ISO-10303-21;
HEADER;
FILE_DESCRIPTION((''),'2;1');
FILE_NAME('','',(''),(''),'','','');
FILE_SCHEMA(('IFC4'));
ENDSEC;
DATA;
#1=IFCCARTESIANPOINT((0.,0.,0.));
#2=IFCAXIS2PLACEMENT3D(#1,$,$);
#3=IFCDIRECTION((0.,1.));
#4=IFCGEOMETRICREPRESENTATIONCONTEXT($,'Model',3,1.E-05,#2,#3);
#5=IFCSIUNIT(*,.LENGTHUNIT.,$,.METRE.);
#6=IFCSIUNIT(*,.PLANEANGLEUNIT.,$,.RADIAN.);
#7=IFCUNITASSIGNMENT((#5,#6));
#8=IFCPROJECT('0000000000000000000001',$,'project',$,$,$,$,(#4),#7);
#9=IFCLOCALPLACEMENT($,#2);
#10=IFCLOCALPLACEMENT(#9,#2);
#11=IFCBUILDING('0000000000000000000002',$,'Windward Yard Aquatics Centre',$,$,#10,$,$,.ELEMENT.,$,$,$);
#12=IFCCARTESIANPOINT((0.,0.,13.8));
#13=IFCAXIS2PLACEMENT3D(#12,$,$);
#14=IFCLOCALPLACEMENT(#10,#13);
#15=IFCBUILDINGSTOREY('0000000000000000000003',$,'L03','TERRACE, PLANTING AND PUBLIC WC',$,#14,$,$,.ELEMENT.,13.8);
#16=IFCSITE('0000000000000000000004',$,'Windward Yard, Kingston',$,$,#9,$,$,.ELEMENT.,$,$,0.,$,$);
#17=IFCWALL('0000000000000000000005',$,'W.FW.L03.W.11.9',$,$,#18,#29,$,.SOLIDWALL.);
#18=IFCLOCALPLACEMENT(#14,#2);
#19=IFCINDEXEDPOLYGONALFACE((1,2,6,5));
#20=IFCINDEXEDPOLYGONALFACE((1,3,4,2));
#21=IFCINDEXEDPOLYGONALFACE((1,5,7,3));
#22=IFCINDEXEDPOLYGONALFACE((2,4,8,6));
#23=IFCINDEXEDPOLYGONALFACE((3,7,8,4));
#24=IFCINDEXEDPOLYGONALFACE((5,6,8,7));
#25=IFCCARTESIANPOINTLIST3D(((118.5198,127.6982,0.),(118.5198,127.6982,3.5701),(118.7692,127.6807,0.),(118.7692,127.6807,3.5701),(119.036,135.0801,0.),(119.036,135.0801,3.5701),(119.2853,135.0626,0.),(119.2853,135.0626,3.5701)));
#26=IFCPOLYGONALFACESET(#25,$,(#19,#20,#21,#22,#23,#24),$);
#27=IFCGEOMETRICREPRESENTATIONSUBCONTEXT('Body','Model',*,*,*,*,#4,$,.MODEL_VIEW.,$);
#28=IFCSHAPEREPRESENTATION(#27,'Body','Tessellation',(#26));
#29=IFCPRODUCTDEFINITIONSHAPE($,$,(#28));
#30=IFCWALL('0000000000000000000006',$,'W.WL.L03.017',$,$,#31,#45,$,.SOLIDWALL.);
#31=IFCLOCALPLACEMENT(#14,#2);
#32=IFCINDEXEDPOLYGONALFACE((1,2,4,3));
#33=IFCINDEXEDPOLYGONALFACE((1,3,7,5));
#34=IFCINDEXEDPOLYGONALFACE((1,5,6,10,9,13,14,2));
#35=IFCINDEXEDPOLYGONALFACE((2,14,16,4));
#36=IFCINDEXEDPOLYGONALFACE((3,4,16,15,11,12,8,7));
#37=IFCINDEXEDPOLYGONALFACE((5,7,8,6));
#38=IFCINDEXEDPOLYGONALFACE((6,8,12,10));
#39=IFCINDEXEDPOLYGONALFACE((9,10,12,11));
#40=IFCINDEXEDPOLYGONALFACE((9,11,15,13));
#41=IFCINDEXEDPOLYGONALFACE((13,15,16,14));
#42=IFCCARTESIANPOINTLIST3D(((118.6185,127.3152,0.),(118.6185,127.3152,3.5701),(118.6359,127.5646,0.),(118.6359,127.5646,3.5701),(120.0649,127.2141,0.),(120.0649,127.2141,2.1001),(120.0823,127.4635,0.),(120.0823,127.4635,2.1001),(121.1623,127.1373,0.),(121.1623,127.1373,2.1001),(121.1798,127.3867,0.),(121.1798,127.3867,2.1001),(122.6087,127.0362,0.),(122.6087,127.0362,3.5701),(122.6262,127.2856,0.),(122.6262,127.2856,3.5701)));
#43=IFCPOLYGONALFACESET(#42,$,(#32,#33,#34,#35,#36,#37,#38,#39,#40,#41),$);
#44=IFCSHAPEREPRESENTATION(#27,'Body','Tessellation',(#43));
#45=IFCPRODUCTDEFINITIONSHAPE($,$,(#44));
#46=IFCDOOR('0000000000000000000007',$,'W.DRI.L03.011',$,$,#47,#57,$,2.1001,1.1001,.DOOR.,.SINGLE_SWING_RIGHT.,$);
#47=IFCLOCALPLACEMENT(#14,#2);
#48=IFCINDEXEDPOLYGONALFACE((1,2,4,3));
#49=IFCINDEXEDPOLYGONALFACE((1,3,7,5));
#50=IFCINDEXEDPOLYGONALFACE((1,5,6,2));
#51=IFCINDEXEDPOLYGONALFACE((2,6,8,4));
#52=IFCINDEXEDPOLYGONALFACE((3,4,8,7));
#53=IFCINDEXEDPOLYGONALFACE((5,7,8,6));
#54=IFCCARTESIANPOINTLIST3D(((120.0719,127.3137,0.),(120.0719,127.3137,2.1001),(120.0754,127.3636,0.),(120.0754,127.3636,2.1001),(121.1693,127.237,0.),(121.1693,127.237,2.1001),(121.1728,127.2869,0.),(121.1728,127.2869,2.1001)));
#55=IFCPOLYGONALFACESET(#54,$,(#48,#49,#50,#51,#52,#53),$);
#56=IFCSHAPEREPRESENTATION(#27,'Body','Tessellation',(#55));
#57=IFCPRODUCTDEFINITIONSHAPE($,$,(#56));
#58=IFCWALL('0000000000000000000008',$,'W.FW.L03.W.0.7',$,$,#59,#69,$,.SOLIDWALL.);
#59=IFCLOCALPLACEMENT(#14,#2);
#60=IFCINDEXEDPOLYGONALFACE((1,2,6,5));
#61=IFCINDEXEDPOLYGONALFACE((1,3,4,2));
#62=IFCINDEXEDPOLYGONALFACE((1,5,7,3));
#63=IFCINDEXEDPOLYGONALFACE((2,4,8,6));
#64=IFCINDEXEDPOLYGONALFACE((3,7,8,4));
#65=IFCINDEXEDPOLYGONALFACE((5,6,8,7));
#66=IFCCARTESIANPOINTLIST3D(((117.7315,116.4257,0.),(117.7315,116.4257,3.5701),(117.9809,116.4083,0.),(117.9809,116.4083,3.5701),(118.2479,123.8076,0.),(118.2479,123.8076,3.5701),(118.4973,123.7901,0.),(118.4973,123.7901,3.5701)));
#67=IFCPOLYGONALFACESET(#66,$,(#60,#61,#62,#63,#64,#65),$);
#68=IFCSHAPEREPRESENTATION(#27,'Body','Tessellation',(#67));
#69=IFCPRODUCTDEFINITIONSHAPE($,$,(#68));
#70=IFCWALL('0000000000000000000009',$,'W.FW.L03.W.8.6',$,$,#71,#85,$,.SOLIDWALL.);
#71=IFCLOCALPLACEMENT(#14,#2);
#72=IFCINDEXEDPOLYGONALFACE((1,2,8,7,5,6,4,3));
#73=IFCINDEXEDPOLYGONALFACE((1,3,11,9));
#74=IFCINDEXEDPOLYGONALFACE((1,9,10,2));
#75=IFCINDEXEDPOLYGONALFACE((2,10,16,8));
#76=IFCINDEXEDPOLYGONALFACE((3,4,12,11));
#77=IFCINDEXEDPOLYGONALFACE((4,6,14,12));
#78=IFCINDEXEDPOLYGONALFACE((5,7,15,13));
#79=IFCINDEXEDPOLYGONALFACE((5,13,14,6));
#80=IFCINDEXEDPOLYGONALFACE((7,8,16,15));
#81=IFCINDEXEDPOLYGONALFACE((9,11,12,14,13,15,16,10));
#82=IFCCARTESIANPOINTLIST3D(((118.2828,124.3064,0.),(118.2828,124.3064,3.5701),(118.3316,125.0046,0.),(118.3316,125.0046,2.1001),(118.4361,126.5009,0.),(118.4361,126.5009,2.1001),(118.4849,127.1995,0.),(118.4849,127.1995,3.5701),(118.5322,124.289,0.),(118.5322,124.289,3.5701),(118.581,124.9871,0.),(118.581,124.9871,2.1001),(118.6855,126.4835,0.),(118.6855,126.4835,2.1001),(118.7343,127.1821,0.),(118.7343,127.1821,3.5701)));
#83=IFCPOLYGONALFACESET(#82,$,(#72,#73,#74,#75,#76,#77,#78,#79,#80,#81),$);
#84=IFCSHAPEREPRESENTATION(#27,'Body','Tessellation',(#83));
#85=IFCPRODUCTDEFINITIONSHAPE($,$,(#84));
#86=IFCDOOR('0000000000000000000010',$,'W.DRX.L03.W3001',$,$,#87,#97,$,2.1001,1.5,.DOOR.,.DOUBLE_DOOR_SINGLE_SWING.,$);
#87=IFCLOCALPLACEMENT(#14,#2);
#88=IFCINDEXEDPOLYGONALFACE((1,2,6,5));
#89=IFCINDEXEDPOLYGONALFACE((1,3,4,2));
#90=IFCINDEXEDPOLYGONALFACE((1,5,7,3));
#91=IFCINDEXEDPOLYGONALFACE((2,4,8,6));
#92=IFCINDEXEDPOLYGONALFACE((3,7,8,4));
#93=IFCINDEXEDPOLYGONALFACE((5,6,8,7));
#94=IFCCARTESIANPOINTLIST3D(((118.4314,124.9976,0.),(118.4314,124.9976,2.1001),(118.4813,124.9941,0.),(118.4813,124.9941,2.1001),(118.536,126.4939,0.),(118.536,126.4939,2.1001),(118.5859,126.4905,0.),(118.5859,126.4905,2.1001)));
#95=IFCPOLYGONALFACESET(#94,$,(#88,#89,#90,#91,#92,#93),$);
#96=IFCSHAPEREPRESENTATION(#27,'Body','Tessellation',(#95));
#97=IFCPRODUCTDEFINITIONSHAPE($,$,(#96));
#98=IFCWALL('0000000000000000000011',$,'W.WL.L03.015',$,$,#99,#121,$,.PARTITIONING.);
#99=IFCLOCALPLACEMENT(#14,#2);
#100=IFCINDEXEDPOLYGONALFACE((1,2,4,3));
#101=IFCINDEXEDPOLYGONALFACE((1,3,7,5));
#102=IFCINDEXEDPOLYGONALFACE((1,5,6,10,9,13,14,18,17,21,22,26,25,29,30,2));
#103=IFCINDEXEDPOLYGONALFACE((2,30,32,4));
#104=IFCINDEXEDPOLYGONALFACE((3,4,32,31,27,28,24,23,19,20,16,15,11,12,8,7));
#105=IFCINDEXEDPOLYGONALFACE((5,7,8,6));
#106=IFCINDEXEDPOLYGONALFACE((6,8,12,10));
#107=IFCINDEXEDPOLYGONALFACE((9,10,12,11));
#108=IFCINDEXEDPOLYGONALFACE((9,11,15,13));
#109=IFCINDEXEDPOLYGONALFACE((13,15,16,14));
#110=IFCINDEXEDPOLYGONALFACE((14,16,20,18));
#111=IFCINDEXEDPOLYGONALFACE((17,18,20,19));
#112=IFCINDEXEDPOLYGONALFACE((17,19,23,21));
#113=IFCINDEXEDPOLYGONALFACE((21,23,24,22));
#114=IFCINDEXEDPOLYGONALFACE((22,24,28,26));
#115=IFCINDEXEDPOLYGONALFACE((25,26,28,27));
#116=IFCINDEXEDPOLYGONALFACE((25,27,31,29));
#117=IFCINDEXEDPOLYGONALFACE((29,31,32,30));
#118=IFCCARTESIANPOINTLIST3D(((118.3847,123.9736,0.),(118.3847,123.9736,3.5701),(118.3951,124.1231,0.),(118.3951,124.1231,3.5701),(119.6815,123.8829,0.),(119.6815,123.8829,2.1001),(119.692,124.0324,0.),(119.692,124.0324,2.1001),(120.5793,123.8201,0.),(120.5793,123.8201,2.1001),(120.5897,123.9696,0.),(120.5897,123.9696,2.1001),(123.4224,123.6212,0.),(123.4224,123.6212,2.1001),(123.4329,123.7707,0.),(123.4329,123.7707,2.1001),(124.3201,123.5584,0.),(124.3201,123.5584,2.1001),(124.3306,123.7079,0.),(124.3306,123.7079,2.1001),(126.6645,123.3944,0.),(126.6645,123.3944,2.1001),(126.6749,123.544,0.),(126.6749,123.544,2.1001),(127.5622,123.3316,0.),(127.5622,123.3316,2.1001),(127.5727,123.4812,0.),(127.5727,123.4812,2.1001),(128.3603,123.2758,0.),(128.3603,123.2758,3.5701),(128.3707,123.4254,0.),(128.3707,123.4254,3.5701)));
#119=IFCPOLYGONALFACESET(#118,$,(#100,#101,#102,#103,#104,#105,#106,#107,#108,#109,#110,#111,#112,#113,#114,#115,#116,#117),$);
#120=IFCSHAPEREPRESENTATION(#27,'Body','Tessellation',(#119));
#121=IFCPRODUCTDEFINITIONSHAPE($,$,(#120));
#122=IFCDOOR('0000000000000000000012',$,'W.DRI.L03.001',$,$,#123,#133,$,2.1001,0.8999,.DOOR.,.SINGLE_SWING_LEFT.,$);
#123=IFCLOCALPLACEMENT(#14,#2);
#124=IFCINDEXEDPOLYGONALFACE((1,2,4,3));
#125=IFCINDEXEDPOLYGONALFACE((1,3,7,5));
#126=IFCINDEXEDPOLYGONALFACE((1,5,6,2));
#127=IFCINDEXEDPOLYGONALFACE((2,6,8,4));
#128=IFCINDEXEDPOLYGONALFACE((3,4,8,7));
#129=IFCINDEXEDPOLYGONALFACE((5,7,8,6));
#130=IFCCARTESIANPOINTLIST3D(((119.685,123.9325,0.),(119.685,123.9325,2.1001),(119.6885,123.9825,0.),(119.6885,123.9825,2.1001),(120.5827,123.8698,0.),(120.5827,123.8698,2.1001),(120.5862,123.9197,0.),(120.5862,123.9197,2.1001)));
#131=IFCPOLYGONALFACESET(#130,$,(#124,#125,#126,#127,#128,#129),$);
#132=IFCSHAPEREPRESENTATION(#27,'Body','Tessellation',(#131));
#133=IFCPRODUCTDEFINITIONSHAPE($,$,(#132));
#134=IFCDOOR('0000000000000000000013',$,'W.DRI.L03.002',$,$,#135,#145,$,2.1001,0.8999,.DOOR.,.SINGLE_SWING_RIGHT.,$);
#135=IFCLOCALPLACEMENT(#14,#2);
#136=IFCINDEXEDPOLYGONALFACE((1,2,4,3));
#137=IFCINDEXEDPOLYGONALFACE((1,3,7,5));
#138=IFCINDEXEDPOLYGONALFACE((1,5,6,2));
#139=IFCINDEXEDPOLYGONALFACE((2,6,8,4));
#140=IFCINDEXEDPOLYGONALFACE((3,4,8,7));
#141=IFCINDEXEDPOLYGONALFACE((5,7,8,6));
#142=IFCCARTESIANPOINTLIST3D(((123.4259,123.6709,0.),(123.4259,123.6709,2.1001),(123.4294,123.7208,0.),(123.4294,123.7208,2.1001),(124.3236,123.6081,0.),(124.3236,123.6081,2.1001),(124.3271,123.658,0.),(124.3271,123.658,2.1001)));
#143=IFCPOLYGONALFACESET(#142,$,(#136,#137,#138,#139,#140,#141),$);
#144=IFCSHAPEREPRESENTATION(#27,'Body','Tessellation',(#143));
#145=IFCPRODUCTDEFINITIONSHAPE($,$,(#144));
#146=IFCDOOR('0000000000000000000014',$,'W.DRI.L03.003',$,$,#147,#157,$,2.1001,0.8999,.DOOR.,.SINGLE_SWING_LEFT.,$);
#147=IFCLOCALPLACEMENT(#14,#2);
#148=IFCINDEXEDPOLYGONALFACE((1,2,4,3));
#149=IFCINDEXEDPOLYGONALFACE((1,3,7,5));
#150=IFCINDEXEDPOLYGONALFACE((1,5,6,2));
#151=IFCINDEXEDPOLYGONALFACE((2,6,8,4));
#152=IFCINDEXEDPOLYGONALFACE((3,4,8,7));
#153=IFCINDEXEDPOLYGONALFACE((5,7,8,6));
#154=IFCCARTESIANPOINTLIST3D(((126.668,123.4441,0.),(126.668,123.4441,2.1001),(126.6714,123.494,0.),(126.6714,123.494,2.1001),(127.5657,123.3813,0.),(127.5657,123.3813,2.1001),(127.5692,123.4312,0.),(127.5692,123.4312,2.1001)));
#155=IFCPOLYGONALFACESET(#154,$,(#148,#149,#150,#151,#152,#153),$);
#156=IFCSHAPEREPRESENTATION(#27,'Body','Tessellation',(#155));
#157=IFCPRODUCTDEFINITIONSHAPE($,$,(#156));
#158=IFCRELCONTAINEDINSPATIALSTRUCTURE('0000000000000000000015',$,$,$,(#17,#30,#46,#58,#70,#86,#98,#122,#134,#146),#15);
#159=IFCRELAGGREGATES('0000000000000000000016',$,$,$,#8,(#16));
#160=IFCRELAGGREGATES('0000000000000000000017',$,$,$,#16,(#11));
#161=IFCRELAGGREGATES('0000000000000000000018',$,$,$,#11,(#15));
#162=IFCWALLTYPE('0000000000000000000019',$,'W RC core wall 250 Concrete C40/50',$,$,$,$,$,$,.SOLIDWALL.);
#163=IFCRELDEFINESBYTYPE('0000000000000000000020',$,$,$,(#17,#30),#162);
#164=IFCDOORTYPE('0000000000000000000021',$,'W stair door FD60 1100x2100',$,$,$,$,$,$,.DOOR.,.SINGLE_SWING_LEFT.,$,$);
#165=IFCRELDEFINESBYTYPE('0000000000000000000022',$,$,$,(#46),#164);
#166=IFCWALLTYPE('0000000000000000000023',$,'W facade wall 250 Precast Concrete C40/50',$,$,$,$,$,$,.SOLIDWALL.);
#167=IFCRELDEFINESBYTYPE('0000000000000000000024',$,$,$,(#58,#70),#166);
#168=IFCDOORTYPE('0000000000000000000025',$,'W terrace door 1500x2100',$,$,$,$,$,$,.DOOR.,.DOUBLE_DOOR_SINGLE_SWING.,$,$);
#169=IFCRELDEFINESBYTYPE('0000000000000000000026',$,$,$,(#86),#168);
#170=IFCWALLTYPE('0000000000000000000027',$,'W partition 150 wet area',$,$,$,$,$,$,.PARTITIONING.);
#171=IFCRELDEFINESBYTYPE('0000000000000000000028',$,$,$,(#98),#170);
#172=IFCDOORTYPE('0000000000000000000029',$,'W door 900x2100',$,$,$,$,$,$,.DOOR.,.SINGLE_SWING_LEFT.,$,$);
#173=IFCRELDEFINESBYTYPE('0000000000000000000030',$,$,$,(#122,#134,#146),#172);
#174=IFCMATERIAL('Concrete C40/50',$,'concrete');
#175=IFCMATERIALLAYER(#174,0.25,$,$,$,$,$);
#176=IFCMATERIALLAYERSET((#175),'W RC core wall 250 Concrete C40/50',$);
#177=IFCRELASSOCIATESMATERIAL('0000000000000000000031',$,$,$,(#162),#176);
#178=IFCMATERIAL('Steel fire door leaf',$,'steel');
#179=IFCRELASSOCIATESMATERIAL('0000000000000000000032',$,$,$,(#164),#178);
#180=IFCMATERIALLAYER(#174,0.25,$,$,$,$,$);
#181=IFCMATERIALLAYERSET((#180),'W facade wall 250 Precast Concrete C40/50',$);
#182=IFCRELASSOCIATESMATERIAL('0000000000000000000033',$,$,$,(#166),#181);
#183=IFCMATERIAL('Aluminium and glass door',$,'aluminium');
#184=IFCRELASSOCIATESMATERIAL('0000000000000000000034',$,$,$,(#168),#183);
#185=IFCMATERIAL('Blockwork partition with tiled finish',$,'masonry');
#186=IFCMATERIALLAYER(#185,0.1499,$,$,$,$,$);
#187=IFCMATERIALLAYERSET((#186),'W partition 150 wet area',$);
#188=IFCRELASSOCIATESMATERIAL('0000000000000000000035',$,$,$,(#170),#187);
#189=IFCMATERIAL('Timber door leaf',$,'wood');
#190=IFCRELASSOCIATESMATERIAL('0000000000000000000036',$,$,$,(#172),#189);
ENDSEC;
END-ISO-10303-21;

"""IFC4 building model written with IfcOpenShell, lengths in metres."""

from ifc_helpers import new_model, si_unit, direction, frame, frame_2d, origin, place, context, subcontext, project, spatial, rectangle, extrude, material, layer, layer_set, type_object, element, fill, save


model = new_model("IFC4")

# Units and contexts
model_context = context("Model", 3, precision=1e-05, world=origin(), true_north=direction((0.0, 1.0)))
body_context = subcontext(model_context, "Body", "Model", "MODEL_VIEW")
ifc_project = project(units=[si_unit("LENGTHUNIT", "METRE"), si_unit("PLANEANGLEUNIT", "RADIAN")], contexts=[model_context])

# Site, building, storey
site_placement = place(None, origin())
site = spatial("IfcSite", under=ifc_project, at=site_placement, Name="Windward Yard, Kingston", CompositionType="ELEMENT", RefElevation=0.0)
building_placement = place(site_placement, origin())
building = spatial("IfcBuilding", under=site, at=building_placement, Name="Windward Yard Aquatics Centre", CompositionType="ELEMENT")
storey_placement = place(building_placement, frame((0.0, 0.0, 13.8)))
storey = spatial("IfcBuildingStorey", under=building, at=storey_placement, Name="L03", Description="TERRACE, PLANTING AND PUBLIC WC", CompositionType="ELEMENT", Elevation=13.8)

# Shared definitions
ifc_material_1 = material(Name="Concrete C40/50", Category="concrete")

# Wall
ifc_layer_1 = layer(ifc_material_1, 0.25)
ifc_layer_set_1 = layer_set([ifc_layer_1], Name="W RC core wall 250 Concrete C40/50")
wall_type_1 = type_object("IfcWallType", Name="W RC core wall 250 Concrete C40/50", PredefinedType="SOLIDWALL", material=ifc_layer_set_1)
wall_1_placement = place(storey_placement, frame((118.6445, 127.6895, 0.0), z_axis=(0.0, 0.0, 1.0), x_axis=(0.069746, 0.997565, 0.0)))
element("IfcWall", 1, at=wall_1_placement, inside=storey, type_object=wall_type_1, Name="W.FW.L03.W.11.9", PredefinedType="SOLIDWALL", context=body_context, shape_type="SweptSolid", body=[
    extrude(rectangle(XDim=7.3999, YDim=0.25, at=frame_2d((3.7, 0.0))), origin(), (0.0, 0.0, 1.0), 3.5701),
])

# Wall, opening, door
wall_2_placement = place(storey_placement, frame((118.6272, 127.4399, 0.0), z_axis=(0.0, 0.0, 1.0), x_axis=(0.997564, -0.069764, 0.0)))
wall_2 = element("IfcWall", 2, at=wall_2_placement, inside=storey, type_object=wall_type_1, Name="W.WL.L03.017", PredefinedType="SOLIDWALL", context=body_context, shape_type="SweptSolid", body=[
    extrude(rectangle(XDim=4.0, YDim=0.25, at=frame_2d((2.0, 0.0))), origin(), (0.0, 0.0, 1.0), 3.5701),
])
opening_1_placement = place(wall_2_placement, frame((1.45, 0.0, 0.0)))
opening_1 = element("IfcOpeningElement", 3, at=opening_1_placement, cuts=wall_2, PredefinedType="OPENING", context=body_context, shape_type="SweptSolid", body=[
    extrude(rectangle(XDim=1.1001, YDim=2.1001, at=frame_2d((0.55, 1.05))), frame((0.0, 0.135, 0.0), z_axis=(0.0, -1.0, 0.0), x_axis=(1.0, 0.0, 0.0)), (0.0, 0.0, 1.0), 0.27),
])
ifc_material_2 = material(Name="Steel fire door leaf", Category="steel")
door_type_1 = type_object("IfcDoorType", Name="W stair door FD60 1100x2100", OperationType="SINGLE_SWING_LEFT", PredefinedType="DOOR", material=ifc_material_2)
door_1_placement = place(opening_1_placement, origin())
door_1 = element("IfcDoor", 4, at=door_1_placement, inside=storey, type_object=door_type_1, Name="W.DRI.L03.011", OperationType="SINGLE_SWING_RIGHT", OverallHeight=2.1001, OverallWidth=1.1001, PredefinedType="DOOR", context=body_context, shape_type="SweptSolid", body=[
    extrude(rectangle(XDim=1.1001, YDim=2.1001, at=frame_2d((0.55, 1.05))), frame((0.0, 0.0249, 0.0), z_axis=(0.0, -1.0, 0.0), x_axis=(1.0, 0.0, 0.0)), (0.0, 0.0, 1.0), 0.05),
])
fill(opening_1, door_1)

# Wall
ifc_layer_2 = layer(ifc_material_1, 0.25)
ifc_layer_set_2 = layer_set([ifc_layer_2], Name="W facade wall 250 Precast Concrete C40/50")
wall_type_2 = type_object("IfcWallType", Name="W facade wall 250 Precast Concrete C40/50", PredefinedType="SOLIDWALL", material=ifc_layer_set_2)
wall_3_placement = place(storey_placement, frame((117.8562, 116.417, 0.0), z_axis=(0.0, 0.0, 1.0), x_axis=(0.069779, 0.997562, 0.0)))
element("IfcWall", 5, at=wall_3_placement, inside=storey, type_object=wall_type_2, Name="W.FW.L03.W.0.7", PredefinedType="SOLIDWALL", context=body_context, shape_type="SweptSolid", body=[
    extrude(rectangle(XDim=7.3999, YDim=0.25, at=frame_2d((3.7, 0.0))), origin(), (0.0, 0.0, 1.0), 3.5701),
])

# Wall, opening, door
wall_4_placement = place(storey_placement, frame((118.4075, 124.2976, 0.0), z_axis=(0.0, 0.0, 1.0), x_axis=(0.069703, 0.997568, 0.0)))
wall_4 = element("IfcWall", 6, at=wall_4_placement, inside=storey, type_object=wall_type_2, Name="W.FW.L03.W.8.6", PredefinedType="SOLIDWALL", context=body_context, shape_type="SweptSolid", body=[
    extrude(rectangle(XDim=2.9001, YDim=0.25, at=frame_2d((1.4502, 0.0))), origin(), (0.0, 0.0, 1.0), 3.5701),
])
opening_2_placement = place(wall_4_placement, frame((0.7, 0.0, 0.0)))
opening_2 = element("IfcOpeningElement", 7, at=opening_2_placement, cuts=wall_4, PredefinedType="OPENING", context=body_context, shape_type="SweptSolid", body=[
    extrude(rectangle(XDim=1.5, YDim=2.1001, at=frame_2d((0.75, 1.05))), frame((0.0, 0.135, 0.0), z_axis=(0.0, -1.0, 0.0), x_axis=(1.0, 0.0, 0.0)), (0.0, 0.0, 1.0), 0.27),
])
ifc_material_3 = material(Name="Aluminium and glass door", Category="aluminium")
door_type_2 = type_object("IfcDoorType", Name="W terrace door 1500x2100", OperationType="DOUBLE_DOOR_SINGLE_SWING", PredefinedType="DOOR", material=ifc_material_3)
door_2_placement = place(opening_2_placement, origin())
door_2 = element("IfcDoor", 8, at=door_2_placement, inside=storey, type_object=door_type_2, Name="W.DRX.L03.W3001", OperationType="DOUBLE_DOOR_SINGLE_SWING", OverallHeight=2.1001, OverallWidth=1.5, PredefinedType="DOOR", context=body_context, shape_type="SweptSolid", body=[
    extrude(rectangle(XDim=1.5, YDim=2.1001, at=frame_2d((0.75, 1.05))), frame((0.0, 0.0249, 0.0), z_axis=(0.0, -1.0, 0.0), x_axis=(1.0, 0.0, 0.0)), (0.0, 0.0, 1.0), 0.05),
])
fill(opening_2, door_2)

# Wall, openings, doors
ifc_material_4 = material(Name="Blockwork partition with tiled finish", Category="masonry")
ifc_layer_3 = layer(ifc_material_4, 0.1499)
ifc_layer_set_3 = layer_set([ifc_layer_3], Name="W partition 150 wet area")
wall_type_3 = type_object("IfcWallType", Name="W partition 150 wet area", PredefinedType="PARTITIONING", material=ifc_layer_set_3)
wall_5_placement = place(storey_placement, frame((118.3899, 124.0483, 0.0), z_axis=(0.0, 0.0, 1.0), x_axis=(0.997563, -0.069776, 0.0)))
wall_5 = element("IfcWall", 9, at=wall_5_placement, inside=storey, type_object=wall_type_3, Name="W.WL.L03.015", PredefinedType="PARTITIONING", context=body_context, shape_type="SweptSolid", body=[
    extrude(rectangle(XDim=10.0, YDim=0.1499, at=frame_2d((5.0, 0.0))), origin(), (0.0, 0.0, 1.0), 3.5701),
])
opening_3_placement = place(wall_5_placement, frame((1.3, 0.0, 0.0)))
opening_3 = element("IfcOpeningElement", 10, at=opening_3_placement, cuts=wall_5, PredefinedType="OPENING", context=body_context, shape_type="SweptSolid", body=[
    extrude(rectangle(XDim=0.8999, YDim=2.1001, at=frame_2d((0.45, 1.05))), frame((0.0, 0.085, 0.0), z_axis=(0.0, -1.0, 0.0), x_axis=(1.0, 0.0, 0.0)), (0.0, 0.0, 1.0), 0.1699),
])
opening_4_placement = place(wall_5_placement, frame((5.05, 0.0, 0.0)))
opening_4 = element("IfcOpeningElement", 11, at=opening_4_placement, cuts=wall_5, PredefinedType="OPENING", context=body_context, shape_type="SweptSolid", body=[
    extrude(rectangle(XDim=0.8999, YDim=2.1001, at=frame_2d((0.45, 1.05))), frame((0.0, 0.085, 0.0), z_axis=(0.0, -1.0, 0.0), x_axis=(1.0, 0.0, 0.0)), (0.0, 0.0, 1.0), 0.1699),
])
opening_5_placement = place(wall_5_placement, frame((8.3, 0.0, 0.0)))
opening_5 = element("IfcOpeningElement", 12, at=opening_5_placement, cuts=wall_5, PredefinedType="OPENING", context=body_context, shape_type="SweptSolid", body=[
    extrude(rectangle(XDim=0.8999, YDim=2.1001, at=frame_2d((0.45, 1.05))), frame((0.0, 0.085, 0.0), z_axis=(0.0, -1.0, 0.0), x_axis=(1.0, 0.0, 0.0)), (0.0, 0.0, 1.0), 0.1699),
])
ifc_material_5 = material(Name="Timber door leaf", Category="wood")
door_type_3 = type_object("IfcDoorType", Name="W door 900x2100", OperationType="SINGLE_SWING_LEFT", PredefinedType="DOOR", material=ifc_material_5)
door_3_placement = place(opening_3_placement, origin())
door_3 = element("IfcDoor", 13, at=door_3_placement, inside=storey, type_object=door_type_3, Name="W.DRI.L03.001", OperationType="SINGLE_SWING_LEFT", OverallHeight=2.1001, OverallWidth=0.8999, PredefinedType="DOOR", context=body_context, shape_type="SweptSolid", body=[
    extrude(rectangle(XDim=0.8999, YDim=2.1001, at=frame_2d((0.45, 1.05))), frame((0.0, 0.0249, 0.0), z_axis=(0.0, -1.0, 0.0), x_axis=(1.0, 0.0, 0.0)), (0.0, 0.0, 1.0), 0.05),
])
fill(opening_3, door_3)
door_4_placement = place(opening_4_placement, origin())
door_4 = element("IfcDoor", 14, at=door_4_placement, inside=storey, type_object=door_type_3, Name="W.DRI.L03.002", OperationType="SINGLE_SWING_RIGHT", OverallHeight=2.1001, OverallWidth=0.8999, PredefinedType="DOOR", context=body_context, shape_type="SweptSolid", body=[
    extrude(rectangle(XDim=0.8999, YDim=2.1001, at=frame_2d((0.45, 1.05))), frame((0.0, 0.0249, 0.0), z_axis=(0.0, -1.0, 0.0), x_axis=(1.0, 0.0, 0.0)), (0.0, 0.0, 1.0), 0.05),
])
fill(opening_4, door_4)
door_5_placement = place(opening_5_placement, origin())
door_5 = element("IfcDoor", 15, at=door_5_placement, inside=storey, type_object=door_type_3, Name="W.DRI.L03.003", OperationType="SINGLE_SWING_LEFT", OverallHeight=2.1001, OverallWidth=0.8999, PredefinedType="DOOR", context=body_context, shape_type="SweptSolid", body=[
    extrude(rectangle(XDim=0.8999, YDim=2.1001, at=frame_2d((0.45, 1.05))), frame((0.0, 0.0249, 0.0), z_axis=(0.0, -1.0, 0.0), x_axis=(1.0, 0.0, 0.0)), (0.0, 0.0, 1.0), 0.05),
])
fill(opening_5, door_5)

save(model, "model.ifc")
